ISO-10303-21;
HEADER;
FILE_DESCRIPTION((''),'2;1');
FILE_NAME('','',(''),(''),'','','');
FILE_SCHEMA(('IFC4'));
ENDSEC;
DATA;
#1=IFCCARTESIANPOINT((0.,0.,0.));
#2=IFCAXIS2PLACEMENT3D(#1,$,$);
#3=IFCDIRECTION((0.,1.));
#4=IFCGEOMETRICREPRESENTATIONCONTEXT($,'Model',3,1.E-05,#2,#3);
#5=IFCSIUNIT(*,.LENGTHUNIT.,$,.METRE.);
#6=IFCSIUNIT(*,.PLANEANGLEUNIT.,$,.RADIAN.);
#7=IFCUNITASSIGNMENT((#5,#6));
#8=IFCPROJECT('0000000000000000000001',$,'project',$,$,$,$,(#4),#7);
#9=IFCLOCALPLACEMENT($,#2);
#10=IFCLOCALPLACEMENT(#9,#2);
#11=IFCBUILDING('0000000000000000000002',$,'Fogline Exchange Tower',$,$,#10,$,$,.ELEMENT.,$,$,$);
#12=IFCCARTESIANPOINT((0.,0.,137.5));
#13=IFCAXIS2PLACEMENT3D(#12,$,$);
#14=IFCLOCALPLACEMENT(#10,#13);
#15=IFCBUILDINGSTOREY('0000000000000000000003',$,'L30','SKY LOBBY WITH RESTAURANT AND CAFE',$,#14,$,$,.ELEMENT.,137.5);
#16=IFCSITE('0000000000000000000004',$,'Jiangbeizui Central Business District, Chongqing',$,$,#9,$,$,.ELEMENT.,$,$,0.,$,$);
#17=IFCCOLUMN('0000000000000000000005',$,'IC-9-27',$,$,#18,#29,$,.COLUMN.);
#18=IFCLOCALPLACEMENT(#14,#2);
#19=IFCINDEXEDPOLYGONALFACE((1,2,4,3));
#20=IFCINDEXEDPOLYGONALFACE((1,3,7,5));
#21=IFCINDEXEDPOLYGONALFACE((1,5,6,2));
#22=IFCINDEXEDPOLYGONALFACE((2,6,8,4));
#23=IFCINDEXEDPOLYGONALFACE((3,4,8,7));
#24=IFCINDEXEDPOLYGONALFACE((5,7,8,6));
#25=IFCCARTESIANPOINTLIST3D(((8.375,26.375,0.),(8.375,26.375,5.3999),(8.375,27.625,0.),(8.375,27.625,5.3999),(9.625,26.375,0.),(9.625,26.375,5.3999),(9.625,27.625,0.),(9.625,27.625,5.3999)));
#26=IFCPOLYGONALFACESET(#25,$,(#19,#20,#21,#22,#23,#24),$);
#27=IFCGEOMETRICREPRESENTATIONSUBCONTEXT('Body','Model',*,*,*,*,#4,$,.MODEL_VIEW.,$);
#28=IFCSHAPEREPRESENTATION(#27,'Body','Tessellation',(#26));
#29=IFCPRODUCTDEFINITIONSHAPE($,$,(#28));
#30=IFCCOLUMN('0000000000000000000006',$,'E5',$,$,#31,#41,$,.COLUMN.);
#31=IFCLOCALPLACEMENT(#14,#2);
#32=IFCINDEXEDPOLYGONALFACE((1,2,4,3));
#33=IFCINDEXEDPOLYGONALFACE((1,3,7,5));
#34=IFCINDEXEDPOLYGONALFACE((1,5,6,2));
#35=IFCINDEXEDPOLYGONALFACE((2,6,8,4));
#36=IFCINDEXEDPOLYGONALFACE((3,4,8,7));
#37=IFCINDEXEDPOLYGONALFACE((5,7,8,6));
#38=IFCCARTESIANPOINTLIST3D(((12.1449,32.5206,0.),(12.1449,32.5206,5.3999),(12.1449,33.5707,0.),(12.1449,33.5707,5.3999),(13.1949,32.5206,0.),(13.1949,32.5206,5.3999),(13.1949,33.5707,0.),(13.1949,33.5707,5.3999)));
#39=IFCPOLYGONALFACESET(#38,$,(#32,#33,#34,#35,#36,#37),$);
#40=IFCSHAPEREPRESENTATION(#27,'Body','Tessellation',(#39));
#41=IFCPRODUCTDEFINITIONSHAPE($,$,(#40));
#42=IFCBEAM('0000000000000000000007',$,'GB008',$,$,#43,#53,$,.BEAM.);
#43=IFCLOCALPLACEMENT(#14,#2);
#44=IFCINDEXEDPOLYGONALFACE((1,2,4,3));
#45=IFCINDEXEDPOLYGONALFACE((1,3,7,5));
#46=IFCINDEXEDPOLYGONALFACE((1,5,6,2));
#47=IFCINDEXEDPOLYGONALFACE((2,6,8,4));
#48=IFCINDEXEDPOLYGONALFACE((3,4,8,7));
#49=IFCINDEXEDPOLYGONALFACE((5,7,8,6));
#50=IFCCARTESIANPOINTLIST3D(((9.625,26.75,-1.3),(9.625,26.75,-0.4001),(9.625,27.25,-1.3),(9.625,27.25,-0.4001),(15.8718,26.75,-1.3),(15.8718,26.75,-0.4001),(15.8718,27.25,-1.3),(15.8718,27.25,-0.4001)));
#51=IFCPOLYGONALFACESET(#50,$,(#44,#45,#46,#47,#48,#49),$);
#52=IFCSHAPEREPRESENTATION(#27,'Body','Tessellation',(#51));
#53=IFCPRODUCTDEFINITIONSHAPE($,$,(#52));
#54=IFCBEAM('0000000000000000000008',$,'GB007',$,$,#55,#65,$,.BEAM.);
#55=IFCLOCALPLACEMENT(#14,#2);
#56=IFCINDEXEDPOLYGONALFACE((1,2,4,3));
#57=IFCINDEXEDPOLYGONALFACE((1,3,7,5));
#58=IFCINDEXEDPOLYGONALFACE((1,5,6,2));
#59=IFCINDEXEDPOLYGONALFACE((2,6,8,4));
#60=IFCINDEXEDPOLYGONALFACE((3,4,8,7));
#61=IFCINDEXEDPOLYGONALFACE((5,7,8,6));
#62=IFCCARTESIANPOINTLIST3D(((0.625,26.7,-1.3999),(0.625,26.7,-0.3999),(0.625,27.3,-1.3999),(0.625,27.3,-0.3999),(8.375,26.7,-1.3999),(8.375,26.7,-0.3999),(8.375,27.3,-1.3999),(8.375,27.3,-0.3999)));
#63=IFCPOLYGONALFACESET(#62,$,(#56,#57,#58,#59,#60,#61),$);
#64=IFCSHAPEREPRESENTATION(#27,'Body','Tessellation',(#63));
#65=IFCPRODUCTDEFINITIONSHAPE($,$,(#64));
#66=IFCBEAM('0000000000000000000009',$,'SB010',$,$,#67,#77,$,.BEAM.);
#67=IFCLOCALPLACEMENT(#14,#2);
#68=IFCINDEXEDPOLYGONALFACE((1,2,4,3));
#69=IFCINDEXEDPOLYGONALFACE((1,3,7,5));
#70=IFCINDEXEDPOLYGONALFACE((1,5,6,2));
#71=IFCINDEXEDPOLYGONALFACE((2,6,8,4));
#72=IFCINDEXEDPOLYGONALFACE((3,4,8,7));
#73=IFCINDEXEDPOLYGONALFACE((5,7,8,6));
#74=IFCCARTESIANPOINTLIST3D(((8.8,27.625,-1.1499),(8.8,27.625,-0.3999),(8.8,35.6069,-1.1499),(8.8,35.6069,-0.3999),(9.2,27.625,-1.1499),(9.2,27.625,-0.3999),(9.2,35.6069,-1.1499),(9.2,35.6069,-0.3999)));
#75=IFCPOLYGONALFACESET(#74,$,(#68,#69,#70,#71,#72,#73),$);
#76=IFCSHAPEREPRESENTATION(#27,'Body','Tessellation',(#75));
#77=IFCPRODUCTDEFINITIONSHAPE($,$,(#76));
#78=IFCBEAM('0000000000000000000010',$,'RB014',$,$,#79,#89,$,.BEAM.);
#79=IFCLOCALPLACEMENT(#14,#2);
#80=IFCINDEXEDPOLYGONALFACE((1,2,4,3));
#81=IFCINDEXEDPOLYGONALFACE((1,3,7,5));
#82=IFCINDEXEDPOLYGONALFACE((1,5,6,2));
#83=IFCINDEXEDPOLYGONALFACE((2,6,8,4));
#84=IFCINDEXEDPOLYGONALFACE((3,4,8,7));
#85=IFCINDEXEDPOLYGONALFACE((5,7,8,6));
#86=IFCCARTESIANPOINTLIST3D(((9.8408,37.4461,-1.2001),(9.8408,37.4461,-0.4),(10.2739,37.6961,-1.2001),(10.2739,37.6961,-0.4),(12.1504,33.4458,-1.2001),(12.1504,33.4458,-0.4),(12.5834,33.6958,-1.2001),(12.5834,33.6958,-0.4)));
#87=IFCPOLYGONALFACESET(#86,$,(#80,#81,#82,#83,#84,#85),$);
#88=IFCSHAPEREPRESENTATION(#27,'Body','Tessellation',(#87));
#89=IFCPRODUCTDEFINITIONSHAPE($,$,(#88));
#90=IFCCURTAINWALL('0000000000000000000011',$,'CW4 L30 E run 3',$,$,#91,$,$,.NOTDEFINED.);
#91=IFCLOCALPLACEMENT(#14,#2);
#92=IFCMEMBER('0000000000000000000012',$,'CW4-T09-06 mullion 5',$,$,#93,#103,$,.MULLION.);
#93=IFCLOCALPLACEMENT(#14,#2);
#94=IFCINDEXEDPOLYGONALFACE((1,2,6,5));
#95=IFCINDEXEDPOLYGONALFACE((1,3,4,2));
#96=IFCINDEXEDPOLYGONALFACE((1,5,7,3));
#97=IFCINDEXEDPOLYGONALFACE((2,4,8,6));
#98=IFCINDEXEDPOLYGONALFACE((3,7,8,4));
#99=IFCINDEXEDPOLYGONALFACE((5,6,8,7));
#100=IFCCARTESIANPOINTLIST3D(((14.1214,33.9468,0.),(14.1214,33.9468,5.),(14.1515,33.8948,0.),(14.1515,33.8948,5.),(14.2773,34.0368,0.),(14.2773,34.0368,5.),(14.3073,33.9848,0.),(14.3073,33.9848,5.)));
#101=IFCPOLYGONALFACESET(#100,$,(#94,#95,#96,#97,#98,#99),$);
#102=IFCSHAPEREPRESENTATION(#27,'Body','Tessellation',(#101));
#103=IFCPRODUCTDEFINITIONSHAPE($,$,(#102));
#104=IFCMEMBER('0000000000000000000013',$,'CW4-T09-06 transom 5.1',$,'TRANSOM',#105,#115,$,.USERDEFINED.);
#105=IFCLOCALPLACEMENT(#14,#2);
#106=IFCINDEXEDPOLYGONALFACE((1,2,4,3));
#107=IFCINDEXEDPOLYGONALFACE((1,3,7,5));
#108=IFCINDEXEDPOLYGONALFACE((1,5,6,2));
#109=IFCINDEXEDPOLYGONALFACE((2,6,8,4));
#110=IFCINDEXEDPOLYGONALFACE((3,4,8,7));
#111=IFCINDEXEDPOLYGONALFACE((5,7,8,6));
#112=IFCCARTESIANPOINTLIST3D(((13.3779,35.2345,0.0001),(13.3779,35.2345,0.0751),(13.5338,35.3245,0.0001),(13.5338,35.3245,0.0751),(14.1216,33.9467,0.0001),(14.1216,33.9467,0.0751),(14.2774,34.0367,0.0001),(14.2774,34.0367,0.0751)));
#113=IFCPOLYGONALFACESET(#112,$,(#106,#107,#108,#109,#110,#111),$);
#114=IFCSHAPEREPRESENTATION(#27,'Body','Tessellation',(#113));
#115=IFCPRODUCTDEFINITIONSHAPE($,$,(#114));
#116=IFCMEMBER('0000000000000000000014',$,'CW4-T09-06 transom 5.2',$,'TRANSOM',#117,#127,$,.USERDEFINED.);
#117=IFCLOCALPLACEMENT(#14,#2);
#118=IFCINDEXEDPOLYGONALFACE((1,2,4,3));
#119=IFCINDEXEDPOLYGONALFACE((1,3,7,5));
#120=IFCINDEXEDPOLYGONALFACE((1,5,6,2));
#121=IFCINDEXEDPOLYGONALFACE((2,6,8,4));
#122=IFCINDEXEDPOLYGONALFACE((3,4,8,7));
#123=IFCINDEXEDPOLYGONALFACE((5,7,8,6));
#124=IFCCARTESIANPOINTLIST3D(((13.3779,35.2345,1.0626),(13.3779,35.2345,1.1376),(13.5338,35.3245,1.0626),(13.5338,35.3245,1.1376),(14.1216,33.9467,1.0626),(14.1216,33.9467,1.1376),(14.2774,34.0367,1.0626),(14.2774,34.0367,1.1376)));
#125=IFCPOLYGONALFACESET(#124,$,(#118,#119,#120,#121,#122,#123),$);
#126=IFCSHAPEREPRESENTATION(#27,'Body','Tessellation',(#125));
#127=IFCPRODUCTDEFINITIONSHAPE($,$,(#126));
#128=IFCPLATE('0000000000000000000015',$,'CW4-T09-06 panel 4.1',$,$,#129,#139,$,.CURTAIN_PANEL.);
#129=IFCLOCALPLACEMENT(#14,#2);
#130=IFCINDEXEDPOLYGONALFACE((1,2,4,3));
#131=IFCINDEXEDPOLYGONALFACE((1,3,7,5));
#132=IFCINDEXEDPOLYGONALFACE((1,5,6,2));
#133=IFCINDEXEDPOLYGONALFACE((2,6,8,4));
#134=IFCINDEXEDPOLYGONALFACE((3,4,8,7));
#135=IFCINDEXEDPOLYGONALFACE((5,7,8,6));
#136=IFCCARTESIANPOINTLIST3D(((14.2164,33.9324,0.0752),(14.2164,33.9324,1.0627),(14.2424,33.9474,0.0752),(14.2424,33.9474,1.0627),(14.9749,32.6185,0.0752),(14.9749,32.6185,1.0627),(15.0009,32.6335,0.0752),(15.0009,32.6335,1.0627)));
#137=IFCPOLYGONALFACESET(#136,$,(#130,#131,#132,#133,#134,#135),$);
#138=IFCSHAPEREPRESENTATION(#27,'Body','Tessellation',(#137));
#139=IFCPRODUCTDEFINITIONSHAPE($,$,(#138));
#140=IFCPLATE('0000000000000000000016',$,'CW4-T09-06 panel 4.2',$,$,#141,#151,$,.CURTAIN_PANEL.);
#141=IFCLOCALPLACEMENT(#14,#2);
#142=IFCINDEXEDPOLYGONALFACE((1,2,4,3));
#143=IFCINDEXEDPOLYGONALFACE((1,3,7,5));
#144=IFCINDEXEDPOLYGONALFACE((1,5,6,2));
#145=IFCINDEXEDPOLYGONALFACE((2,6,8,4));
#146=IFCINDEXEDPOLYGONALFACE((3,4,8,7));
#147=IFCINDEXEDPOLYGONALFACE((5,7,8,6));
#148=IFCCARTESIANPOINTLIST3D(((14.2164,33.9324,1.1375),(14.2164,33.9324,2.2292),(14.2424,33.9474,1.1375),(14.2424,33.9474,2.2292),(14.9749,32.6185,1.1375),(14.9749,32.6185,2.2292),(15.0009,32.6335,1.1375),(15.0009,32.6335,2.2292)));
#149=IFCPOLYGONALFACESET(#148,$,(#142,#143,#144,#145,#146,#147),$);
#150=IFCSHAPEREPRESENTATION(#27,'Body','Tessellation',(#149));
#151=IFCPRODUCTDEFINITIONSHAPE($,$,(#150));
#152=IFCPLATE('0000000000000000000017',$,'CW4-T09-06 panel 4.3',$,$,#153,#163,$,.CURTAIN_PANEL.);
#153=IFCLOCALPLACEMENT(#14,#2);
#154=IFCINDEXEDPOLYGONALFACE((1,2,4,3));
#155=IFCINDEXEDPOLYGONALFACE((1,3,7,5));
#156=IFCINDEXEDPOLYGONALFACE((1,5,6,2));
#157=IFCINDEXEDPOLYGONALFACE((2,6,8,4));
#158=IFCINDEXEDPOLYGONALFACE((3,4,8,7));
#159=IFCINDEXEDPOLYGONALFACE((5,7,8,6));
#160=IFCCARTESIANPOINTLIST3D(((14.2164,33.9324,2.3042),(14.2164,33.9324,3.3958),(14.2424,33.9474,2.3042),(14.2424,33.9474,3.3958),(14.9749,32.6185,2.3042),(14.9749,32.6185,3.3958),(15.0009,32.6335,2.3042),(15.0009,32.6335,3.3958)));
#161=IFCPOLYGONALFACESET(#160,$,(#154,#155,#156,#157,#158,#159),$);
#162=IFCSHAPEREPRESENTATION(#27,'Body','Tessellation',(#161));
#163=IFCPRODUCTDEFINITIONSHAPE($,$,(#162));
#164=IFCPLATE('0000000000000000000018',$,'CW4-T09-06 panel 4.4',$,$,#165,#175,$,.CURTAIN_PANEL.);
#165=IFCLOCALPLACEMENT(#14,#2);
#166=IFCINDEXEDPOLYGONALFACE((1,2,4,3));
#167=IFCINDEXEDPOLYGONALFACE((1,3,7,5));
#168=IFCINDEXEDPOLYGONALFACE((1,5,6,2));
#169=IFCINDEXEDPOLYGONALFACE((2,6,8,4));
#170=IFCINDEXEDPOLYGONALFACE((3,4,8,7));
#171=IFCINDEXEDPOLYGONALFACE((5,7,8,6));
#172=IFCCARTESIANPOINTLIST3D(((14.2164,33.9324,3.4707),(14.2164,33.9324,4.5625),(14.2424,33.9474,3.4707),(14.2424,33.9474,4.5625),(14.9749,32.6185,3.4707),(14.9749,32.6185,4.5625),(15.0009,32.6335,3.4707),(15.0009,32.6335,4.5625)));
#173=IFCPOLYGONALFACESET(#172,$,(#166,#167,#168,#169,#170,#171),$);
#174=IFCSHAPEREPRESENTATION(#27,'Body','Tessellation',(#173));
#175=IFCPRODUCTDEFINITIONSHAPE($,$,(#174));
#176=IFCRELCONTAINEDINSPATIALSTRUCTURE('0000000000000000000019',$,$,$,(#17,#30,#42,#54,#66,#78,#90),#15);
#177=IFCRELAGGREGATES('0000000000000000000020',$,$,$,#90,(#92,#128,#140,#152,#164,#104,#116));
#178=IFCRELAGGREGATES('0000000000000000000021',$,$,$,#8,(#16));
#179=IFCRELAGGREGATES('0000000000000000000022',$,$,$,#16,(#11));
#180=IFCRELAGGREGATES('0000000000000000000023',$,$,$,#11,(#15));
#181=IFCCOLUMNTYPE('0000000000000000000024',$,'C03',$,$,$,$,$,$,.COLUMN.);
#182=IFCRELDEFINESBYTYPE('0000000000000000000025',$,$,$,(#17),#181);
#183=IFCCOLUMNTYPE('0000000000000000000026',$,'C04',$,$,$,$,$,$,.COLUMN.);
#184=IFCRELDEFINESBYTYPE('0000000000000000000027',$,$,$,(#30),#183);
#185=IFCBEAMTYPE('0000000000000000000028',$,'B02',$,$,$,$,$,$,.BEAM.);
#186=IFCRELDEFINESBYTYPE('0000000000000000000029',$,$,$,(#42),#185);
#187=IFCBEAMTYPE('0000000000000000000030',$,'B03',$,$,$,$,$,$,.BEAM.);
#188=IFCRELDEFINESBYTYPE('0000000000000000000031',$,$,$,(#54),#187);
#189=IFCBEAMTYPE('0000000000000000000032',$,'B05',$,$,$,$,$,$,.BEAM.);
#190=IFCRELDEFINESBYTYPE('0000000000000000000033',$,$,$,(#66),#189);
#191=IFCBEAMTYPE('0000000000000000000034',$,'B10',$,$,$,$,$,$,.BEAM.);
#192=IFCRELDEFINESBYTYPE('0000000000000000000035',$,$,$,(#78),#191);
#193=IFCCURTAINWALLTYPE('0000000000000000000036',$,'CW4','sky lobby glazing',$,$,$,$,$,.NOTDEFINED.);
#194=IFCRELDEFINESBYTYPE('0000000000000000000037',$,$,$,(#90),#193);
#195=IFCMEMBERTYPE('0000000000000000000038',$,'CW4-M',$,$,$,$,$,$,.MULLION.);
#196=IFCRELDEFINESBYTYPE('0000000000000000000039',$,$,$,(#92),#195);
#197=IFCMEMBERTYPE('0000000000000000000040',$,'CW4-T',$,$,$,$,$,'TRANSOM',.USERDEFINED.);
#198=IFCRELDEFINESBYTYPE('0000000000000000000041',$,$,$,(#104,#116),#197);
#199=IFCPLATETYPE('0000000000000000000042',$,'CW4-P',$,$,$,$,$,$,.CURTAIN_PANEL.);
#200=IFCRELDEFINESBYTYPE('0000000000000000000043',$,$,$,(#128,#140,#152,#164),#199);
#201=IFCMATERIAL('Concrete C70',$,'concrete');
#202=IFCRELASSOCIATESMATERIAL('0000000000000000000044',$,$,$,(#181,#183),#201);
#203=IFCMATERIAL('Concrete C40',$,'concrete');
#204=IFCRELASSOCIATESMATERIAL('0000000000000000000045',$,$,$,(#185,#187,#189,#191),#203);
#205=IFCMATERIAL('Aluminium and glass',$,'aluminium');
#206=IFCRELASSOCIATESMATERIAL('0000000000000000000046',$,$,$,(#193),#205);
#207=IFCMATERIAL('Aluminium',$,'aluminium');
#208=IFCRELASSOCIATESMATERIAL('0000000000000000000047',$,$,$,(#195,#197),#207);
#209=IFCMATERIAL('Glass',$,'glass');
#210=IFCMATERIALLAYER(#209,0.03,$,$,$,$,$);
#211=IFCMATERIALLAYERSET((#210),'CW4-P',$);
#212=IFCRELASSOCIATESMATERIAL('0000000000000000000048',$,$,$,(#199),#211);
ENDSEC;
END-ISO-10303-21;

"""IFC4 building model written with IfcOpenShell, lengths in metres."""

from ifc_helpers import new_model, si_unit, direction, frame, origin, origin_2d, place, context, subcontext, project, spatial, rectangle, extrude, material, layer, layer_set, material_profile, profile_set, type_object, element, aggregate, save


model = new_model("IFC4")

# Units and contexts
model_context = context("Model", 3, precision=1e-05, world=origin(), true_north=direction((0.0, 1.0)))
body_context = subcontext(model_context, "Body", "Model", "MODEL_VIEW")
ifc_project = project(units=[si_unit("LENGTHUNIT", "METRE"), si_unit("PLANEANGLEUNIT", "RADIAN")], contexts=[model_context])

# Site, building, storey
site_placement = place(None, origin())
site = spatial("IfcSite", under=ifc_project, at=site_placement, Name="Jiangbeizui Central Business District, Chongqing", CompositionType="ELEMENT", RefElevation=0.0)
building_placement = place(site_placement, origin())
building = spatial("IfcBuilding", under=site, at=building_placement, Name="Fogline Exchange Tower", CompositionType="ELEMENT")
storey_placement = place(building_placement, frame((0.0, 0.0, 137.5)))
storey = spatial("IfcBuildingStorey", under=building, at=storey_placement, Name="L30", Description="SKY LOBBY WITH RESTAURANT AND CAFE", CompositionType="ELEMENT", Elevation=137.5)

# Columns
ifc_material_1 = material(Name="Concrete C70", Category="concrete")
ifc_material_profile_1 = material_profile(ifc_material_1, rectangle(XDim=1.25, YDim=1.25, at=origin_2d()), Name="RC 1250x1250")
ifc_profile_set_1 = profile_set([ifc_material_profile_1], Name="Concrete C70")
column_type_1 = type_object("IfcColumnType", Name="C03", PredefinedType="COLUMN", material=ifc_profile_set_1)
column_1_placement = place(storey_placement, frame((9.0, 27.0, 0.0), z_axis=(0.0, 0.0, 1.0), x_axis=(1.0, 0.0, 0.0)))
element("IfcColumn", 1, at=column_1_placement, inside=storey, type_object=column_type_1, Name="IC-9-27", PredefinedType="COLUMN", context=body_context, shape_type="SweptSolid", body=[
    extrude(rectangle(XDim=1.25, YDim=1.25, at=origin_2d()), origin(), (0.0, 0.0, 1.0), 5.3999),
])
ifc_material_profile_2 = material_profile(ifc_material_1, rectangle(XDim=1.05, YDim=1.05, at=origin_2d()), Name="RC 1050x1050")
ifc_profile_set_2 = profile_set([ifc_material_profile_2], Name="Concrete C70")
column_type_2 = type_object("IfcColumnType", Name="C04", PredefinedType="COLUMN", material=ifc_profile_set_2)
column_2_placement = place(storey_placement, frame((12.6699, 33.0457, 0.0), z_axis=(0.0, 0.0, 1.0), x_axis=(1.0, 0.0, 0.0)))
element("IfcColumn", 2, at=column_2_placement, inside=storey, type_object=column_type_2, Name="E5", PredefinedType="COLUMN", context=body_context, shape_type="SweptSolid", body=[
    extrude(rectangle(XDim=1.05, YDim=1.05, at=origin_2d()), origin(), (0.0, 0.0, 1.0), 5.3999),
])

# Beams
ifc_material_2 = material(Name="Concrete C40", Category="concrete")
ifc_material_profile_3 = material_profile(ifc_material_2, rectangle(XDim=0.5, YDim=0.8999, at=origin_2d()), Name="RC 500x900")
ifc_profile_set_3 = profile_set([ifc_material_profile_3], Name="Concrete C40")
beam_type_1 = type_object("IfcBeamType", Name="B02", PredefinedType="BEAM", material=ifc_profile_set_3)
beam_1_placement = place(storey_placement, frame((9.625, 27.0, -0.8501), z_axis=(1.0, 0.0, 0.0), x_axis=(0.0, 1.0, 0.0)))
element("IfcBeam", 3, at=beam_1_placement, inside=storey, type_object=beam_type_1, Name="GB008", PredefinedType="BEAM", context=body_context, shape_type="SweptSolid", body=[
    extrude(rectangle(XDim=0.5, YDim=0.8999, at=origin_2d()), origin(), (0.0, 0.0, 1.0), 6.2468),
])
ifc_material_profile_4 = material_profile(ifc_material_2, rectangle(XDim=0.6001, YDim=1.0, at=origin_2d()), Name="RC 600x1000")
ifc_profile_set_4 = profile_set([ifc_material_profile_4], Name="Concrete C40")
beam_type_2 = type_object("IfcBeamType", Name="B03", PredefinedType="BEAM", material=ifc_profile_set_4)
beam_2_placement = place(storey_placement, frame((0.625, 27.0, -0.8999), z_axis=(1.0, 0.0, 0.0), x_axis=(0.0, 1.0, 0.0)))
element("IfcBeam", 4, at=beam_2_placement, inside=storey, type_object=beam_type_2, Name="GB007", PredefinedType="BEAM", context=body_context, shape_type="SweptSolid", body=[
    extrude(rectangle(XDim=0.6001, YDim=1.0, at=origin_2d()), origin(), (0.0, 0.0, 1.0), 7.75),
])
ifc_material_profile_5 = material_profile(ifc_material_2, rectangle(XDim=0.3999, YDim=0.75, at=origin_2d()), Name="RC 400x750")
ifc_profile_set_5 = profile_set([ifc_material_profile_5], Name="Concrete C40")
beam_type_3 = type_object("IfcBeamType", Name="B05", PredefinedType="BEAM", material=ifc_profile_set_5)
beam_3_placement = place(storey_placement, frame((9.0, 27.625, -0.7749), z_axis=(0.0, 1.0, 0.0), x_axis=(-1.0, 0.0, 0.0)))
element("IfcBeam", 5, at=beam_3_placement, inside=storey, type_object=beam_type_3, Name="SB010", PredefinedType="BEAM", context=body_context, shape_type="SweptSolid", body=[
    extrude(rectangle(XDim=0.3999, YDim=0.75, at=origin_2d()), origin(), (0.0, 0.0, 1.0), 7.9819),
])
ifc_material_profile_6 = material_profile(ifc_material_2, rectangle(XDim=0.5, YDim=0.8, at=origin_2d()), Name="RC 500x800")
ifc_profile_set_6 = profile_set([ifc_material_profile_6], Name="Concrete C40")
beam_type_4 = type_object("IfcBeamType", Name="B10", PredefinedType="BEAM", material=ifc_profile_set_6)
beam_4_placement = place(storey_placement, frame((12.3669, 33.5708, -0.8), z_axis=(-0.500005, 0.866023, 0.0), x_axis=(-0.866023, -0.500005, 0.0)))
element("IfcBeam", 6, at=beam_4_placement, inside=storey, type_object=beam_type_4, Name="RB014", PredefinedType="BEAM", context=body_context, shape_type="SweptSolid", body=[
    extrude(rectangle(XDim=0.5, YDim=0.8, at=origin_2d()), origin(), (0.0, 0.0, 1.0), 4.6191),
])

# Curtain wall, members, plates
ifc_material_3 = material(Name="Aluminium and glass", Category="aluminium")
curtain_wall_type = type_object("IfcCurtainWallType", Name="CW4", Description="sky lobby glazing", PredefinedType="NOTDEFINED", material=ifc_material_3)
curtain_wall_placement = place(storey_placement, origin())
curtain_wall = element("IfcCurtainWall", 7, at=curtain_wall_placement, inside=storey, type_object=curtain_wall_type, Name="CW4 L30 E run 3", PredefinedType="NOTDEFINED")
ifc_material_4 = material(Name="Aluminium", Category="aluminium")
ifc_material_profile_7 = material_profile(ifc_material_4, rectangle(XDim=0.1799, YDim=0.0601, at=origin_2d()), Name="Mullion 60x180")
ifc_profile_set_7 = profile_set([ifc_material_profile_7], Name="Aluminium")
member_type_1 = type_object("IfcMemberType", Name="CW4-M", PredefinedType="MULLION", material=ifc_profile_set_7)
member_1_placement = place(storey_placement, frame((14.2144, 33.9658, 0.0), z_axis=(0.0, 0.0, 1.0), x_axis=(-0.866025, -0.5, 0.0)))
member_1 = element("IfcMember", 8, at=member_1_placement, type_object=member_type_1, Name="CW4-T09-06 mullion 5", PredefinedType="MULLION", context=body_context, shape_type="SweptSolid", body=[
    extrude(rectangle(XDim=0.1799, YDim=0.0601, at=origin_2d()), origin(), (0.0, 0.0, 1.0), 5.0),
])
ifc_material_profile_8 = material_profile(ifc_material_4, rectangle(XDim=0.1799, YDim=0.075, at=origin_2d()), Name="Transom 75x180")
ifc_profile_set_8 = profile_set([ifc_material_profile_8], Name="Aluminium")
member_type_2 = type_object("IfcMemberType", Name="CW4-T", ElementType="TRANSOM", PredefinedType="USERDEFINED", material=ifc_profile_set_8)
member_2_placement = place(storey_placement, frame((14.1995, 33.9917, 0.0376), z_axis=(-0.500059, 0.865991, 0.0), x_axis=(-0.865991, -0.500059, 0.0)))
member_2 = element("IfcMember", 9, at=member_2_placement, type_object=member_type_2, Name="CW4-T09-06 transom 5.1", ObjectType="TRANSOM", PredefinedType="USERDEFINED", context=body_context, shape_type="SweptSolid", body=[
    extrude(rectangle(XDim=0.1799, YDim=0.075, at=origin_2d()), origin(), (0.0, 0.0, 1.0), 1.4871),
])
member_3_placement = place(storey_placement, frame((14.1995, 33.9917, 1.1001), z_axis=(-0.500059, 0.865991, 0.0), x_axis=(-0.865991, -0.500059, 0.0)))
member_3 = element("IfcMember", 10, at=member_3_placement, type_object=member_type_2, Name="CW4-T09-06 transom 5.2", ObjectType="TRANSOM", PredefinedType="USERDEFINED", context=body_context, shape_type="SweptSolid", body=[
    extrude(rectangle(XDim=0.1799, YDim=0.075, at=origin_2d()), origin(), (0.0, 0.0, 1.0), 1.4871),
])
ifc_material_5 = material(Name="Glass", Category="glass")
ifc_layer_1 = layer(ifc_material_5, 0.03)
ifc_layer_set_1 = layer_set([ifc_layer_1], Name="CW4-P")
plate_type = type_object("IfcPlateType", Name="CW4-P", PredefinedType="CURTAIN_PANEL", material=ifc_layer_set_1)
plate_1_placement = place(storey_placement, frame((14.6086, 33.283, 0.0752), z_axis=(0.0, 0.0, 1.0), x_axis=(-0.5, 0.866025, 0.0)))
plate_1 = element("IfcPlate", 11, at=plate_1_placement, type_object=plate_type, Name="CW4-T09-06 panel 4.1", PredefinedType="CURTAIN_PANEL", context=body_context, shape_type="SweptSolid", body=[
    extrude(rectangle(XDim=1.5171, YDim=0.03, at=origin_2d()), origin(), (0.0, 0.0, 1.0), 0.9875),
])
plate_2_placement = place(storey_placement, frame((14.6086, 33.283, 1.1375), z_axis=(0.0, 0.0, 1.0), x_axis=(-0.5, 0.866025, 0.0)))
plate_2 = element("IfcPlate", 12, at=plate_2_placement, type_object=plate_type, Name="CW4-T09-06 panel 4.2", PredefinedType="CURTAIN_PANEL", context=body_context, shape_type="SweptSolid", body=[
    extrude(rectangle(XDim=1.5171, YDim=0.03, at=origin_2d()), origin(), (0.0, 0.0, 1.0), 1.0918),
])
plate_3_placement = place(storey_placement, frame((14.6086, 33.283, 2.3042), z_axis=(0.0, 0.0, 1.0), x_axis=(-0.5, 0.866025, 0.0)))
plate_3 = element("IfcPlate", 13, at=plate_3_placement, type_object=plate_type, Name="CW4-T09-06 panel 4.3", PredefinedType="CURTAIN_PANEL", context=body_context, shape_type="SweptSolid", body=[
    extrude(rectangle(XDim=1.5171, YDim=0.03, at=origin_2d()), origin(), (0.0, 0.0, 1.0), 1.0916),
])
plate_4_placement = place(storey_placement, frame((14.6086, 33.283, 3.4707), z_axis=(0.0, 0.0, 1.0), x_axis=(-0.5, 0.866025, 0.0)))
plate_4 = element("IfcPlate", 14, at=plate_4_placement, type_object=plate_type, Name="CW4-T09-06 panel 4.4", PredefinedType="CURTAIN_PANEL", context=body_context, shape_type="SweptSolid", body=[
    extrude(rectangle(XDim=1.5171, YDim=0.03, at=origin_2d()), origin(), (0.0, 0.0, 1.0), 1.0918),
])
aggregate(curtain_wall, [member_1, plate_1, plate_2, plate_3, plate_4, member_2, member_3])

save(model, "model.ifc")
